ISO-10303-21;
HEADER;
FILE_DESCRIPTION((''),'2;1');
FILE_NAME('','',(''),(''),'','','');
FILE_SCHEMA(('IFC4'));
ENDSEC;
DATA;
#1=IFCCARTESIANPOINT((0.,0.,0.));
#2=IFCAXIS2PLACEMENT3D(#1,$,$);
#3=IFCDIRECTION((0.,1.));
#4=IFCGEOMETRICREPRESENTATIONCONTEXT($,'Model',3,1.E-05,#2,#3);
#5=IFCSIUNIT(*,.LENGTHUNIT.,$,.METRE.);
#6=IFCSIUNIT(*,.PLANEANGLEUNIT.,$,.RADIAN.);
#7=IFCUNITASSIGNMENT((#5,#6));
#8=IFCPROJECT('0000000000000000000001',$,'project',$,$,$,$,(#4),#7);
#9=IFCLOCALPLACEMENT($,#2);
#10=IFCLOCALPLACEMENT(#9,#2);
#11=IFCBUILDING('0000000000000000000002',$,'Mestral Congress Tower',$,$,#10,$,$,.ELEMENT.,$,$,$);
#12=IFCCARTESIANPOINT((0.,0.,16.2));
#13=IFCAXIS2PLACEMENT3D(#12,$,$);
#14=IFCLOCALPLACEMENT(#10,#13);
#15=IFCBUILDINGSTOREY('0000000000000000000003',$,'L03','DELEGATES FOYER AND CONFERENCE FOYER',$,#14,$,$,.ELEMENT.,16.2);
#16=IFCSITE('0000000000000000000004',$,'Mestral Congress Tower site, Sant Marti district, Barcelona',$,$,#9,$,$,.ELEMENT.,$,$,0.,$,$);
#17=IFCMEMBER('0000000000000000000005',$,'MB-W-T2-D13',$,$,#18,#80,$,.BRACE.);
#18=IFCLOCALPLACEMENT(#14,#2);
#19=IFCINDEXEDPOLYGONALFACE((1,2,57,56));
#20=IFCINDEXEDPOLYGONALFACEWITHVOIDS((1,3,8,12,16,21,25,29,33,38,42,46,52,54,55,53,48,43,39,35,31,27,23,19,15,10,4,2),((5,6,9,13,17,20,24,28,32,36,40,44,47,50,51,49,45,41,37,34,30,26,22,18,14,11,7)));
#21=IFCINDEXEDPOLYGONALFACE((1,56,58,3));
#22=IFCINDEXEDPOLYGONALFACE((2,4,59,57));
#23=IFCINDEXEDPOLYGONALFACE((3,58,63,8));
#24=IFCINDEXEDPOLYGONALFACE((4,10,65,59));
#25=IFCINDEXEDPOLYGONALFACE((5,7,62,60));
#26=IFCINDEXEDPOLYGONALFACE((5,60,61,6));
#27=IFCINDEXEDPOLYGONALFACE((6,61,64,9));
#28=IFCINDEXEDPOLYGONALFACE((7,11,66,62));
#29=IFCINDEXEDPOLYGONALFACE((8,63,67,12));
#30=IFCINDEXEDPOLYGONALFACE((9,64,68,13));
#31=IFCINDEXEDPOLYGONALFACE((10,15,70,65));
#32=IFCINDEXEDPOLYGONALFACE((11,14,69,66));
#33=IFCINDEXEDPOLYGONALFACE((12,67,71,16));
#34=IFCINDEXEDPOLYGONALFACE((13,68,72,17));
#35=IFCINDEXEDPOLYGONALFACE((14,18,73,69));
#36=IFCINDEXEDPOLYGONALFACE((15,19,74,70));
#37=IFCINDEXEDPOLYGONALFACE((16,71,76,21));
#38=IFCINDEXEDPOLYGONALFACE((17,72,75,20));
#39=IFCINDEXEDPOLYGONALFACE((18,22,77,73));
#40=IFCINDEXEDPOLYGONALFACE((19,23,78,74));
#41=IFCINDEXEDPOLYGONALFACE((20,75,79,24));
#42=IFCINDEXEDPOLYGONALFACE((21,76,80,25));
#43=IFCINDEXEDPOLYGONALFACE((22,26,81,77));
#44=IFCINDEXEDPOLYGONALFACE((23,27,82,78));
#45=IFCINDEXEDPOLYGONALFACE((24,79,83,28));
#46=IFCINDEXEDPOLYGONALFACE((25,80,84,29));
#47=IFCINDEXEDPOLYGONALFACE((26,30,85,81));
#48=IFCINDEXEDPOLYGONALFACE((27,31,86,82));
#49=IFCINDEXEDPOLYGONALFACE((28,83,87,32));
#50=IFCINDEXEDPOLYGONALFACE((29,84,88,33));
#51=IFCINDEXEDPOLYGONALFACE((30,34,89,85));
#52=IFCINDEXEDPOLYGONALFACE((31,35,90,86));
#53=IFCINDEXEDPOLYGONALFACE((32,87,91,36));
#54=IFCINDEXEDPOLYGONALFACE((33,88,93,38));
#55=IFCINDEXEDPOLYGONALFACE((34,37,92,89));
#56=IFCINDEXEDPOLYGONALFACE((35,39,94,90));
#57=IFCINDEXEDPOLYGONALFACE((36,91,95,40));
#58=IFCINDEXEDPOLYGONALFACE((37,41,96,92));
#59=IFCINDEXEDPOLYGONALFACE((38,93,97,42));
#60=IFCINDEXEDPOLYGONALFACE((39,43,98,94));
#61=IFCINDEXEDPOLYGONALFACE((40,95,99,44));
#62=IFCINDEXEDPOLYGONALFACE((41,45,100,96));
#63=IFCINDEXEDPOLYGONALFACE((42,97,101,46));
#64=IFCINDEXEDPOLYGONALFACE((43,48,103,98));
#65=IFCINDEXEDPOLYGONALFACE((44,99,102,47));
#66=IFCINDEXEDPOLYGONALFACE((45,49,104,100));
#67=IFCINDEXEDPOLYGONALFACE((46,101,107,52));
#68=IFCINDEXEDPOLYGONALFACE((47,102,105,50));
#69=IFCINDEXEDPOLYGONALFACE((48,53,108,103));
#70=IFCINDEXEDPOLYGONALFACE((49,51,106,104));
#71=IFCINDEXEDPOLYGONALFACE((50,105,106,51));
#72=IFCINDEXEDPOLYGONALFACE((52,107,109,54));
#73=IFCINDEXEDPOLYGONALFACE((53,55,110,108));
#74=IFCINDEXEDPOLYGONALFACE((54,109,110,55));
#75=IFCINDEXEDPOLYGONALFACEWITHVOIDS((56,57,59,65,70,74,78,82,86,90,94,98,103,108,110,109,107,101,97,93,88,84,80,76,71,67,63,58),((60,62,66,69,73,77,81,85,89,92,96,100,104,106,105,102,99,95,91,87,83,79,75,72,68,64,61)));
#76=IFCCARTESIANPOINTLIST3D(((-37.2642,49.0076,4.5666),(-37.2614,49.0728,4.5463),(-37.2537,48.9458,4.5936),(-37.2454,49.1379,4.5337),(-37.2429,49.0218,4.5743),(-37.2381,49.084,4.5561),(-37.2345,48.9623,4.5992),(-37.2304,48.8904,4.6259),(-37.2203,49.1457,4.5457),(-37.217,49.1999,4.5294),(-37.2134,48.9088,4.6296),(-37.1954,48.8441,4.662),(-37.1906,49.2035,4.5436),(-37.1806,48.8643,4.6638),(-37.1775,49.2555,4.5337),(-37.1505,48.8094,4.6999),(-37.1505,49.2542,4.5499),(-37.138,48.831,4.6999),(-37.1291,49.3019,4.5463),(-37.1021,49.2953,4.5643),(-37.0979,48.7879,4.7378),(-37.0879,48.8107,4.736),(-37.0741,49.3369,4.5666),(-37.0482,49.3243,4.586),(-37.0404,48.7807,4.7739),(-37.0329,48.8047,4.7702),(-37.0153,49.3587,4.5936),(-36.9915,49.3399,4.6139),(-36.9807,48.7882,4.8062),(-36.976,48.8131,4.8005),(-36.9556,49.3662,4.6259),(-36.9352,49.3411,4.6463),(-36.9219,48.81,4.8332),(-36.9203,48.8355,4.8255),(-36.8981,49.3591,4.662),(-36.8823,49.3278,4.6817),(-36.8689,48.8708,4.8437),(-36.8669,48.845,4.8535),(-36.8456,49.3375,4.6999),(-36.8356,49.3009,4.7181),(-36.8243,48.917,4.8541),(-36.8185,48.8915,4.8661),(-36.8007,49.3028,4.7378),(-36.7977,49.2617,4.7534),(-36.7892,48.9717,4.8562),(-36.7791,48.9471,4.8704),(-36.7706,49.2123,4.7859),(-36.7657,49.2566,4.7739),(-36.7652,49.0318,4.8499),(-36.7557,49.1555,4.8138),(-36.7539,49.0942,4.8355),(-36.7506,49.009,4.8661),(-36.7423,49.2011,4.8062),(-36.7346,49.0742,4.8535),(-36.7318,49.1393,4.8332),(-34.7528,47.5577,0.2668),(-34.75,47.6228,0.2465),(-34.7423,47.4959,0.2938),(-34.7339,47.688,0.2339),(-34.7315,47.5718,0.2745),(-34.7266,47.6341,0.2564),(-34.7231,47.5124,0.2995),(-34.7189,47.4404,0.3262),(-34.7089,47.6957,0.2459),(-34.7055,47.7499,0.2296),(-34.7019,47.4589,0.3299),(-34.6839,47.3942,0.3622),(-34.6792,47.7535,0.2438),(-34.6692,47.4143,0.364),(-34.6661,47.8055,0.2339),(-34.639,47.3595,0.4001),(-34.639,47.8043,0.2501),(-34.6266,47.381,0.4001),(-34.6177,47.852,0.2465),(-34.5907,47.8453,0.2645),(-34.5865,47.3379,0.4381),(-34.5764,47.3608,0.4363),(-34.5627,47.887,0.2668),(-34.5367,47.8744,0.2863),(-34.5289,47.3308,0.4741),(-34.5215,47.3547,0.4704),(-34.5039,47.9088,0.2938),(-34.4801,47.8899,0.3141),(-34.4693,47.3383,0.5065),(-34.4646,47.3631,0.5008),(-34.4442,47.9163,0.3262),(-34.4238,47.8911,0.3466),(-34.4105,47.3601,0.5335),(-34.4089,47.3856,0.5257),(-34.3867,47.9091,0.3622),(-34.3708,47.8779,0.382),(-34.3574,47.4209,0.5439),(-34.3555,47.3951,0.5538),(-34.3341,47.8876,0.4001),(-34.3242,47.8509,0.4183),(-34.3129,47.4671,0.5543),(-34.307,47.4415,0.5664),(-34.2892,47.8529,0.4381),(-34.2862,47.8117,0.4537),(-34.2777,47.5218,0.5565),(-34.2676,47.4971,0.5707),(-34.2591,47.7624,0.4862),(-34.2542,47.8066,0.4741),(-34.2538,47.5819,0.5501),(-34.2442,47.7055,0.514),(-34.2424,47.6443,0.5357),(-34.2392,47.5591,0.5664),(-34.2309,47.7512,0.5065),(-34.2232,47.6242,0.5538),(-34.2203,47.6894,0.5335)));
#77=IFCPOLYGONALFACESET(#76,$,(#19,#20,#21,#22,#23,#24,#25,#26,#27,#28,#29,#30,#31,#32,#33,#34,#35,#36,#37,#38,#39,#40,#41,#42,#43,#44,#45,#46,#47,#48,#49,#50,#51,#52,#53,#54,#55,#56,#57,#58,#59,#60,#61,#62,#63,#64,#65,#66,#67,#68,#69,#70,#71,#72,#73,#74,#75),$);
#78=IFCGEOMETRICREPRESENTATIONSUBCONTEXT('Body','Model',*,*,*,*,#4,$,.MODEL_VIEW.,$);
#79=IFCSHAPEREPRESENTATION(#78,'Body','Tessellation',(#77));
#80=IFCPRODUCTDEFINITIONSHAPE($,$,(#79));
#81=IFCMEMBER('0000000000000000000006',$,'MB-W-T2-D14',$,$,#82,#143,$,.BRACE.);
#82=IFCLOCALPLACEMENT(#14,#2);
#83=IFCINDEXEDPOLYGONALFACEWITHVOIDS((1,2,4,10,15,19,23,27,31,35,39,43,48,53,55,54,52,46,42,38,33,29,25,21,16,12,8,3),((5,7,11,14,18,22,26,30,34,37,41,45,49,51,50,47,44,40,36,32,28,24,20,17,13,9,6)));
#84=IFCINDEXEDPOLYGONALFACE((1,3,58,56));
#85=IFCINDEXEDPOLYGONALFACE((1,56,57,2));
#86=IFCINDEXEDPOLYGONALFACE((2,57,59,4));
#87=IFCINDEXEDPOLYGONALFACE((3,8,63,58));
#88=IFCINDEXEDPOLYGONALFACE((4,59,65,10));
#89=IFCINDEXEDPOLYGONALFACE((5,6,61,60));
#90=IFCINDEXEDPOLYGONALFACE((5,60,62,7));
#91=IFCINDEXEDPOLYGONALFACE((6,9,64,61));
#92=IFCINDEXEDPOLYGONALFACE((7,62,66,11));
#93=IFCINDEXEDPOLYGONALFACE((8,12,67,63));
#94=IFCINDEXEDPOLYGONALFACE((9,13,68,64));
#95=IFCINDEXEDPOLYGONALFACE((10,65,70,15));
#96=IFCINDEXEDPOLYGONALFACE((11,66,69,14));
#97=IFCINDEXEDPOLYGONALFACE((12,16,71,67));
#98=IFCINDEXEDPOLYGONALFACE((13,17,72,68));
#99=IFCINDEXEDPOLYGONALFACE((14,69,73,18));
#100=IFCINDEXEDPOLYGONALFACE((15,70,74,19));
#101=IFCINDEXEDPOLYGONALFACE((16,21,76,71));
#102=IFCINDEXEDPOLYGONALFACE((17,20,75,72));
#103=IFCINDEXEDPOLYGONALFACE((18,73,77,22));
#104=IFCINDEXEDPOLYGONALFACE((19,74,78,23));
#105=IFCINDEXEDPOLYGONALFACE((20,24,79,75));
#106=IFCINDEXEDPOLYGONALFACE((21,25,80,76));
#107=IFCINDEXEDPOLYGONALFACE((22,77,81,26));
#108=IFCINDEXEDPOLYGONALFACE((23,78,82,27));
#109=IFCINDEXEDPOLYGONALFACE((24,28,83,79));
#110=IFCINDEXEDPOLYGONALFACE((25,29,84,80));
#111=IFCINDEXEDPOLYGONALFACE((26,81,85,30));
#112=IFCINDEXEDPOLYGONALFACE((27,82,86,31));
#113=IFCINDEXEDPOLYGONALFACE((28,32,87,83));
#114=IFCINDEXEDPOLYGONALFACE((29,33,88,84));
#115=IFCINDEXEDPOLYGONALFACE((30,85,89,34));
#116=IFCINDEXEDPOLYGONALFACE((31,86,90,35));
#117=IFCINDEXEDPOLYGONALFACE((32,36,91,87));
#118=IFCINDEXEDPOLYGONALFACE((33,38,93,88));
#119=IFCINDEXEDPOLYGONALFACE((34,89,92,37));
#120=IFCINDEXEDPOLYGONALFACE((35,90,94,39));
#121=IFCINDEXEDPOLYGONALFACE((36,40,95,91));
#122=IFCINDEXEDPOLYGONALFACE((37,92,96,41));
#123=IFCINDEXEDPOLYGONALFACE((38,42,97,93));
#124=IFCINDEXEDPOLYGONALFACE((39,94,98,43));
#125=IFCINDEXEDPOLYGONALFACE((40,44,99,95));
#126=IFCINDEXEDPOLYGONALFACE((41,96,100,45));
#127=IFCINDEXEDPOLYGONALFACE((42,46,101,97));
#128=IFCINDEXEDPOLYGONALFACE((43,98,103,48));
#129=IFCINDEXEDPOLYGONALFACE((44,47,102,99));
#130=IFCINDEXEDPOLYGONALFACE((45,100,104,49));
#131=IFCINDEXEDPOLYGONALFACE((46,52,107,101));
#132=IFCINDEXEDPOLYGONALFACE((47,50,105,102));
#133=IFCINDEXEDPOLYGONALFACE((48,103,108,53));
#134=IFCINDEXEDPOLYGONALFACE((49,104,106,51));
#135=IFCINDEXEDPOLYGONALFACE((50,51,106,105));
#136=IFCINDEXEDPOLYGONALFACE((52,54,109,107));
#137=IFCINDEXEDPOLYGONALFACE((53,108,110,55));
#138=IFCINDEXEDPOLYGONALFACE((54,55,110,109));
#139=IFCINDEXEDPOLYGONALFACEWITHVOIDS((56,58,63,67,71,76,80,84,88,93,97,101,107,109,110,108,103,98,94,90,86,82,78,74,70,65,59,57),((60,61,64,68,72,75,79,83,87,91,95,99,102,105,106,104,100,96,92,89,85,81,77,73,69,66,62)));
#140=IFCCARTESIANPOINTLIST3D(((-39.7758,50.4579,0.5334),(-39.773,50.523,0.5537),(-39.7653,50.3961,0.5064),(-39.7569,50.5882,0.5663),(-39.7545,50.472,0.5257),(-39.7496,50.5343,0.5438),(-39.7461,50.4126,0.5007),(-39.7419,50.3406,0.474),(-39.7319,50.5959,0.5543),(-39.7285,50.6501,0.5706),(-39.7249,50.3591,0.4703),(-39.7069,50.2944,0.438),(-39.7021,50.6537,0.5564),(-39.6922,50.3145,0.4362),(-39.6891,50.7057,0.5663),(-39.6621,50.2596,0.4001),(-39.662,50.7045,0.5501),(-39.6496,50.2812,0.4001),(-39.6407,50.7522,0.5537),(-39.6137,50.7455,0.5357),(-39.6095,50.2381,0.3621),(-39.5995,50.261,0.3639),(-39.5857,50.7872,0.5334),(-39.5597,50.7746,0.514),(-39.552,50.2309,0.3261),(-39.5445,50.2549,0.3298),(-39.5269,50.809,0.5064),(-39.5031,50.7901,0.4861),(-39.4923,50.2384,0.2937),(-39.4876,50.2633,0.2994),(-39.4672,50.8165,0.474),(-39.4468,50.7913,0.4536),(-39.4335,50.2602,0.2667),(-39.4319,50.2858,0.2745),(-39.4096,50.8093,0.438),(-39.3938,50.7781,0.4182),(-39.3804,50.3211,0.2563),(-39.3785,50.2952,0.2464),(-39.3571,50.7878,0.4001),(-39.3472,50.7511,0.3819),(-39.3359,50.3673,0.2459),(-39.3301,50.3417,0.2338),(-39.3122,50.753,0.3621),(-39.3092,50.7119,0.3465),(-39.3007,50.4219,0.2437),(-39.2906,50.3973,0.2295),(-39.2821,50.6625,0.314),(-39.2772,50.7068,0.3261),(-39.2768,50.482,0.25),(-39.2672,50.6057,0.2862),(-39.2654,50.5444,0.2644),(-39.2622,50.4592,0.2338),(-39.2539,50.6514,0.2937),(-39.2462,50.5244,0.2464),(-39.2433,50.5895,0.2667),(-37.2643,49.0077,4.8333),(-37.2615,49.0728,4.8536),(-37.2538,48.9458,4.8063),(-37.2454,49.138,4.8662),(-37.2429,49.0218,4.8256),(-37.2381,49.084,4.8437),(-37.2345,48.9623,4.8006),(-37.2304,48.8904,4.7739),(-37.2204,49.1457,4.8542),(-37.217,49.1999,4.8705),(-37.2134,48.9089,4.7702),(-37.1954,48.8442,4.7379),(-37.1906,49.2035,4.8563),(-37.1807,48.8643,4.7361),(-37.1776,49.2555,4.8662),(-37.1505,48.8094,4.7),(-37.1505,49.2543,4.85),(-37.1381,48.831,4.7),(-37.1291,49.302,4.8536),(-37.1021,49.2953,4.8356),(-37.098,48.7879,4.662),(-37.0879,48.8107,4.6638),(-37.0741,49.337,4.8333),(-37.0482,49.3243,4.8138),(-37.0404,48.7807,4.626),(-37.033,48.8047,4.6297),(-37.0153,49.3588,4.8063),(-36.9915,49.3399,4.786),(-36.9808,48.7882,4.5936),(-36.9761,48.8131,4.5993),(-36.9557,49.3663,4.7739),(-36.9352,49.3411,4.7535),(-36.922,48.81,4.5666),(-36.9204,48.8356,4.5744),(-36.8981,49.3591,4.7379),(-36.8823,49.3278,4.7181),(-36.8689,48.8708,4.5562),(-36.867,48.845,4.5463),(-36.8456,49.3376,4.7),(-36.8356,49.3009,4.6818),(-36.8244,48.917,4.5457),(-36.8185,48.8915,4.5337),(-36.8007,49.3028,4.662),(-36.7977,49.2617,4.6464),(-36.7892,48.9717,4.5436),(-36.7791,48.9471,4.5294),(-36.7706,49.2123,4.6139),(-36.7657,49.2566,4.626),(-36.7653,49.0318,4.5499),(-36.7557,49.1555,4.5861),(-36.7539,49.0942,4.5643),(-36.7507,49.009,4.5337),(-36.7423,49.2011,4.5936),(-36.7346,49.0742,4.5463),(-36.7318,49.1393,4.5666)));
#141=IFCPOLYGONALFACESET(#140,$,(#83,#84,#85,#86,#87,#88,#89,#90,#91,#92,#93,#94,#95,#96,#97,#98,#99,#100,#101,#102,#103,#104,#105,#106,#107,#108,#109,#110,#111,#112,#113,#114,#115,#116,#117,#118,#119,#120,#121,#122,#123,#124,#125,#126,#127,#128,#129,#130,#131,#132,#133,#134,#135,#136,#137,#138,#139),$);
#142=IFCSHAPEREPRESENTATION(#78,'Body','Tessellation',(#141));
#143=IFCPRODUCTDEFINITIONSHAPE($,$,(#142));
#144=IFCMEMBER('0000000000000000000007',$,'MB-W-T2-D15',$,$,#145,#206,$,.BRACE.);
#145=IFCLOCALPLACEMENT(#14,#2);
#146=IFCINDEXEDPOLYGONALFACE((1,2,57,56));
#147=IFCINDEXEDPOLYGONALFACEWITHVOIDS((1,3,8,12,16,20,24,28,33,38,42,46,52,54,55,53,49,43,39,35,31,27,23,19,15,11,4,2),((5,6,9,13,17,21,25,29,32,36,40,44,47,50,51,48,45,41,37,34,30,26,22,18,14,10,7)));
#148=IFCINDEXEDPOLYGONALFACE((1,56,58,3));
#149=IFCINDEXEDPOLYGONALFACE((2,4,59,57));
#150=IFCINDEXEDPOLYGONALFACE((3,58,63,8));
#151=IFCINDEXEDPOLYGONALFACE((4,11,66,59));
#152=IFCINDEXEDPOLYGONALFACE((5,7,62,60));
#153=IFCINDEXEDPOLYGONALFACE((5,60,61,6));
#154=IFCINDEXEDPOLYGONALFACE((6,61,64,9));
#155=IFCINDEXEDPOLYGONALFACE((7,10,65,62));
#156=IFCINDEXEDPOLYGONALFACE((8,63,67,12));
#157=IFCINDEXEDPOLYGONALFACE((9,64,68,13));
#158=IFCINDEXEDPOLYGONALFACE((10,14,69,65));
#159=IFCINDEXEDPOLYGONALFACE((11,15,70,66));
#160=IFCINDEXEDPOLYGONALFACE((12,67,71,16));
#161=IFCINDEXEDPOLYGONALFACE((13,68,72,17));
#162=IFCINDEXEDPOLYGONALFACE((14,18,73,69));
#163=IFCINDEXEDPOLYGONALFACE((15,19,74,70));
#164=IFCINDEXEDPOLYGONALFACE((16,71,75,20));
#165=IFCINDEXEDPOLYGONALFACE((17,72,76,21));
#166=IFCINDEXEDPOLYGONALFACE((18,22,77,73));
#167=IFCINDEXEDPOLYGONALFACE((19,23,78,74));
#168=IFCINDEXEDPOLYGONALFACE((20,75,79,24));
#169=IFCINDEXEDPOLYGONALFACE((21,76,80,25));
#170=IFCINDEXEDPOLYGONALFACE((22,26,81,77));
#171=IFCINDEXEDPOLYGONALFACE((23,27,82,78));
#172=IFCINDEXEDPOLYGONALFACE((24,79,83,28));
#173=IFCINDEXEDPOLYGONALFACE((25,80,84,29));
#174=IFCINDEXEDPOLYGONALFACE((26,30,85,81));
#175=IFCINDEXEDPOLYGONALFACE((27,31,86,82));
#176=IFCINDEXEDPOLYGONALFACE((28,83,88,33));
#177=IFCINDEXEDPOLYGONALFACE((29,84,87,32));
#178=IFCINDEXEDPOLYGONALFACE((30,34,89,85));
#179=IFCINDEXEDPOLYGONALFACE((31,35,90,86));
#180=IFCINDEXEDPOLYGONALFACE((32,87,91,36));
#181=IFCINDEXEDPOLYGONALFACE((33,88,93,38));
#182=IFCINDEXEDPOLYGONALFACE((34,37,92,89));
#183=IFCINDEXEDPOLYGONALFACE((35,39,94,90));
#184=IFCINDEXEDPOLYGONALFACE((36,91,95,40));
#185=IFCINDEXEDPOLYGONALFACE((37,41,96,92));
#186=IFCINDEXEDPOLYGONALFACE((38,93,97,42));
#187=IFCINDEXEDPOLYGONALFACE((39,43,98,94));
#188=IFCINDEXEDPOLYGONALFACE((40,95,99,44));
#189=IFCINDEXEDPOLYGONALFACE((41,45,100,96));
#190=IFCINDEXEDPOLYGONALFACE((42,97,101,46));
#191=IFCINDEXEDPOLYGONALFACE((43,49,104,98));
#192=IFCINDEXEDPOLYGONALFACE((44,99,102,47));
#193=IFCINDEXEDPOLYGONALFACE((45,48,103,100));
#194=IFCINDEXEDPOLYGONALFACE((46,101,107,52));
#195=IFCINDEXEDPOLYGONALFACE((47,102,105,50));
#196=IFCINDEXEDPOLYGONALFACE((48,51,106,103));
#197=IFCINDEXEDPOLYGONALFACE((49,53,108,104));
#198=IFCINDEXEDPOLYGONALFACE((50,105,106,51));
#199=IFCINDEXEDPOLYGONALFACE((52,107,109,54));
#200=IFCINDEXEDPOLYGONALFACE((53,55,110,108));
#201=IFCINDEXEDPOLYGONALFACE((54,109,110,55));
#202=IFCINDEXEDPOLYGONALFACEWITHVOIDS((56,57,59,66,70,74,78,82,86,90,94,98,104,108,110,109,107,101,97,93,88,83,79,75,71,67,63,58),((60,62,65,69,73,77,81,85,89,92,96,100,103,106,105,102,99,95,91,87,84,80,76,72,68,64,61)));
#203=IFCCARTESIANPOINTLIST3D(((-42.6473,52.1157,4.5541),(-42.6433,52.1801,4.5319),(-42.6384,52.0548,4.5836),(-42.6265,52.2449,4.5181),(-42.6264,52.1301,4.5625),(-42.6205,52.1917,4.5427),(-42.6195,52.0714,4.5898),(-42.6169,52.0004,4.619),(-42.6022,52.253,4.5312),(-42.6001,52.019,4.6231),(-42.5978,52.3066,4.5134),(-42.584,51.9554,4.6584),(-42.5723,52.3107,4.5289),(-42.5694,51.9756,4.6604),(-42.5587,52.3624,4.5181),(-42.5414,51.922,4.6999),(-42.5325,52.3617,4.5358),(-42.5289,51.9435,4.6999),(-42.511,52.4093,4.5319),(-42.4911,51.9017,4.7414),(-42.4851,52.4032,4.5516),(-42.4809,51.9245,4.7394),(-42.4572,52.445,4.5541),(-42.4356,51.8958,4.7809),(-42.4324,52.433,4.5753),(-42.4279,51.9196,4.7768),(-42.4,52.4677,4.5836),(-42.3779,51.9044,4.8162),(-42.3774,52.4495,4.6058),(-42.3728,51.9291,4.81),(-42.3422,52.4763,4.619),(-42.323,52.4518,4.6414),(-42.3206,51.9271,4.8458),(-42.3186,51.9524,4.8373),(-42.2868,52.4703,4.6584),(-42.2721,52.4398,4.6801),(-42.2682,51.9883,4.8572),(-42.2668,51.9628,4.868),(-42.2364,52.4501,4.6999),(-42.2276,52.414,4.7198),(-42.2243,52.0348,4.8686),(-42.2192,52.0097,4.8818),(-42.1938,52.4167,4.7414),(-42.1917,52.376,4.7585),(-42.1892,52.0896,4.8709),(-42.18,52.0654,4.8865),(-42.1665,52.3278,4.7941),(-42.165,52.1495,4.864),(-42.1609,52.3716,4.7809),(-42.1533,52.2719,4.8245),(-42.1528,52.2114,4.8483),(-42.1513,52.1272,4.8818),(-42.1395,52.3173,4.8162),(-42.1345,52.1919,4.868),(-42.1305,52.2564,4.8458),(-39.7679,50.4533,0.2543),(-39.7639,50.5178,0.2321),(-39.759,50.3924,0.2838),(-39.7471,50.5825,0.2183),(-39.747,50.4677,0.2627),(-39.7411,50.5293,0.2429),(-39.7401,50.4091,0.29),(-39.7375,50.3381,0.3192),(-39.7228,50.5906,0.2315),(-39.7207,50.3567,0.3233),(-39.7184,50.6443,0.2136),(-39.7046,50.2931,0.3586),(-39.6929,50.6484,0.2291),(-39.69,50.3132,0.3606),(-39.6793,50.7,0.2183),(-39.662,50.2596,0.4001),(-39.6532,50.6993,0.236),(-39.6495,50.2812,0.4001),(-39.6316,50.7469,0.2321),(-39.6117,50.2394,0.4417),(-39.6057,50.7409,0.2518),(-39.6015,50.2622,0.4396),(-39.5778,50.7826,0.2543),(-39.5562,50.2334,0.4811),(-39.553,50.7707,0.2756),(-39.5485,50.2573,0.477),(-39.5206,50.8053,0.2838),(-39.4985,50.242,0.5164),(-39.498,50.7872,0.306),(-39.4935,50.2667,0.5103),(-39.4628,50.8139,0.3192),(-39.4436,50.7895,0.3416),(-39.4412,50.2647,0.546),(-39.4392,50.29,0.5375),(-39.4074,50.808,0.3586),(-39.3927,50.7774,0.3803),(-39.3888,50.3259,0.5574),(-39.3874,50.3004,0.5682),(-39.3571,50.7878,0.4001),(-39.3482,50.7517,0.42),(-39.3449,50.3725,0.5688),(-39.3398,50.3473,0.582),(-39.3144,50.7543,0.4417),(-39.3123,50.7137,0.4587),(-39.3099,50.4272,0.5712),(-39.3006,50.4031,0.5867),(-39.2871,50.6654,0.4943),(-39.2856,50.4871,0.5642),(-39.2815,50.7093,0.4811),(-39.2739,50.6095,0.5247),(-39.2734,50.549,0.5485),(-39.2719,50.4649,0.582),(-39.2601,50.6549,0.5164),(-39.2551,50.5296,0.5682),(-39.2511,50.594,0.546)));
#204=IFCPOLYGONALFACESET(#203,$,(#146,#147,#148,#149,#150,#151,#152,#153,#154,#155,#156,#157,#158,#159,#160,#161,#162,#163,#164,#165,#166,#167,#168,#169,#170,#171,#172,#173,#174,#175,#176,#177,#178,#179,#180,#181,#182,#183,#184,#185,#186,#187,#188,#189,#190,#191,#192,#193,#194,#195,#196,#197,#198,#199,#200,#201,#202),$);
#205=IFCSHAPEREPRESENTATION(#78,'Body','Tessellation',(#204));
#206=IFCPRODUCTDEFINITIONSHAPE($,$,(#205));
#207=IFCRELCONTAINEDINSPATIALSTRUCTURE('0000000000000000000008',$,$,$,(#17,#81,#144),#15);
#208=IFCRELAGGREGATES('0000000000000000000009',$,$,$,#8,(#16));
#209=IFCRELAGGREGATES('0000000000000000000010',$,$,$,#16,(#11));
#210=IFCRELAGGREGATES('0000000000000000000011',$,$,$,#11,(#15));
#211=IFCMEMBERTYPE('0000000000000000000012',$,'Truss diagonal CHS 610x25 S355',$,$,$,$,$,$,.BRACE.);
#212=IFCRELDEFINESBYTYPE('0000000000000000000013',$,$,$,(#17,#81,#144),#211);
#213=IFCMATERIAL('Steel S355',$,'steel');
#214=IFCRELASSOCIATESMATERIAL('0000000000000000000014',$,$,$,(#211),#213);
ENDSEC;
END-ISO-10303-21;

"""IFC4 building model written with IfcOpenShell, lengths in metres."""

from ifc_helpers import new_model, si_unit, direction, frame, origin, origin_2d, place, context, subcontext, project, spatial, hollow_circle, extrude, material, material_profile, profile_set, type_object, element, save


model = new_model("IFC4")

# Units and contexts
model_context = context("Model", 3, precision=1e-05, world=origin(), true_north=direction((0.0, 1.0)))
body_context = subcontext(model_context, "Body", "Model", "MODEL_VIEW")
ifc_project = project(units=[si_unit("LENGTHUNIT", "METRE"), si_unit("PLANEANGLEUNIT", "RADIAN")], contexts=[model_context])

# Site, building, storey
site_placement = place(None, origin())
site = spatial("IfcSite", under=ifc_project, at=site_placement, Name="Mestral Congress Tower site, Sant Marti district, Barcelona", CompositionType="ELEMENT", RefElevation=0.0)
building_placement = place(site_placement, origin())
building = spatial("IfcBuilding", under=site, at=building_placement, Name="Mestral Congress Tower", CompositionType="ELEMENT")
storey_placement = place(building_placement, frame((0.0, 0.0, 16.2)))
storey = spatial("IfcBuildingStorey", under=building, at=storey_placement, Name="L03", Description="DELEGATES FOYER AND CONFERENCE FOYER", CompositionType="ELEMENT", Elevation=16.2)

# Shared definitions
ifc_material_1 = material(Name="Steel S355", Category="steel")

# Members
ifc_material_profile_1 = material_profile(ifc_material_1, hollow_circle(Radius=0.3049, WallThickness=0.0249, at=origin_2d()), Name="CHS 610x25")
ifc_profile_set_1 = profile_set([ifc_material_profile_1], Name="Steel S355")
member_type_1 = type_object("IfcMemberType", Name="Truss diagonal CHS 610x25 S355", PredefinedType="BRACE", material=ifc_profile_set_1)
member_1_placement = place(storey_placement, frame((-34.4866, 47.6235, 0.4001), z_axis=(-0.484247, 0.279571, 0.829062), x_axis=(-0.499987, -0.866033, 0.0)))
element("IfcMember", 1, at=member_1_placement, inside=storey, type_object=member_type_1, Name="MB-W-T2-D13", PredefinedType="BRACE", context=body_context, shape_type="SweptSolid", body=[
    extrude(hollow_circle(Radius=0.3049, WallThickness=0.0249, at=origin_2d()), origin(), (0.0, 0.0, 1.0), 5.1863),
])
member_2_placement = place(storey_placement, frame((-36.998, 49.0735, 4.7), z_axis=(-0.484241, 0.279614, -0.829052), x_axis=(-0.50005, -0.865996, 0.0)))
element("IfcMember", 2, at=member_2_placement, inside=storey, type_object=member_type_1, Name="MB-W-T2-D14", PredefinedType="BRACE", context=body_context, shape_type="SweptSolid", body=[
    extrude(hollow_circle(Radius=0.3049, WallThickness=0.0249, at=origin_2d()), origin(), (0.0, 0.0, 1.0), 5.1865),
])
member_3_placement = place(storey_placement, frame((-39.5095, 50.5237, 0.4001), z_axis=(-0.529757, 0.305843, 0.791087), x_axis=(-0.499985, -0.866034, 0.0)))
element("IfcMember", 3, at=member_3_placement, inside=storey, type_object=member_type_1, Name="MB-W-T2-D15", PredefinedType="BRACE", context=body_context, shape_type="SweptSolid", body=[
    extrude(hollow_circle(Radius=0.3049, WallThickness=0.0249, at=origin_2d()), origin(), (0.0, 0.0, 1.0), 5.4353),
])

save(model, "model.ifc")
